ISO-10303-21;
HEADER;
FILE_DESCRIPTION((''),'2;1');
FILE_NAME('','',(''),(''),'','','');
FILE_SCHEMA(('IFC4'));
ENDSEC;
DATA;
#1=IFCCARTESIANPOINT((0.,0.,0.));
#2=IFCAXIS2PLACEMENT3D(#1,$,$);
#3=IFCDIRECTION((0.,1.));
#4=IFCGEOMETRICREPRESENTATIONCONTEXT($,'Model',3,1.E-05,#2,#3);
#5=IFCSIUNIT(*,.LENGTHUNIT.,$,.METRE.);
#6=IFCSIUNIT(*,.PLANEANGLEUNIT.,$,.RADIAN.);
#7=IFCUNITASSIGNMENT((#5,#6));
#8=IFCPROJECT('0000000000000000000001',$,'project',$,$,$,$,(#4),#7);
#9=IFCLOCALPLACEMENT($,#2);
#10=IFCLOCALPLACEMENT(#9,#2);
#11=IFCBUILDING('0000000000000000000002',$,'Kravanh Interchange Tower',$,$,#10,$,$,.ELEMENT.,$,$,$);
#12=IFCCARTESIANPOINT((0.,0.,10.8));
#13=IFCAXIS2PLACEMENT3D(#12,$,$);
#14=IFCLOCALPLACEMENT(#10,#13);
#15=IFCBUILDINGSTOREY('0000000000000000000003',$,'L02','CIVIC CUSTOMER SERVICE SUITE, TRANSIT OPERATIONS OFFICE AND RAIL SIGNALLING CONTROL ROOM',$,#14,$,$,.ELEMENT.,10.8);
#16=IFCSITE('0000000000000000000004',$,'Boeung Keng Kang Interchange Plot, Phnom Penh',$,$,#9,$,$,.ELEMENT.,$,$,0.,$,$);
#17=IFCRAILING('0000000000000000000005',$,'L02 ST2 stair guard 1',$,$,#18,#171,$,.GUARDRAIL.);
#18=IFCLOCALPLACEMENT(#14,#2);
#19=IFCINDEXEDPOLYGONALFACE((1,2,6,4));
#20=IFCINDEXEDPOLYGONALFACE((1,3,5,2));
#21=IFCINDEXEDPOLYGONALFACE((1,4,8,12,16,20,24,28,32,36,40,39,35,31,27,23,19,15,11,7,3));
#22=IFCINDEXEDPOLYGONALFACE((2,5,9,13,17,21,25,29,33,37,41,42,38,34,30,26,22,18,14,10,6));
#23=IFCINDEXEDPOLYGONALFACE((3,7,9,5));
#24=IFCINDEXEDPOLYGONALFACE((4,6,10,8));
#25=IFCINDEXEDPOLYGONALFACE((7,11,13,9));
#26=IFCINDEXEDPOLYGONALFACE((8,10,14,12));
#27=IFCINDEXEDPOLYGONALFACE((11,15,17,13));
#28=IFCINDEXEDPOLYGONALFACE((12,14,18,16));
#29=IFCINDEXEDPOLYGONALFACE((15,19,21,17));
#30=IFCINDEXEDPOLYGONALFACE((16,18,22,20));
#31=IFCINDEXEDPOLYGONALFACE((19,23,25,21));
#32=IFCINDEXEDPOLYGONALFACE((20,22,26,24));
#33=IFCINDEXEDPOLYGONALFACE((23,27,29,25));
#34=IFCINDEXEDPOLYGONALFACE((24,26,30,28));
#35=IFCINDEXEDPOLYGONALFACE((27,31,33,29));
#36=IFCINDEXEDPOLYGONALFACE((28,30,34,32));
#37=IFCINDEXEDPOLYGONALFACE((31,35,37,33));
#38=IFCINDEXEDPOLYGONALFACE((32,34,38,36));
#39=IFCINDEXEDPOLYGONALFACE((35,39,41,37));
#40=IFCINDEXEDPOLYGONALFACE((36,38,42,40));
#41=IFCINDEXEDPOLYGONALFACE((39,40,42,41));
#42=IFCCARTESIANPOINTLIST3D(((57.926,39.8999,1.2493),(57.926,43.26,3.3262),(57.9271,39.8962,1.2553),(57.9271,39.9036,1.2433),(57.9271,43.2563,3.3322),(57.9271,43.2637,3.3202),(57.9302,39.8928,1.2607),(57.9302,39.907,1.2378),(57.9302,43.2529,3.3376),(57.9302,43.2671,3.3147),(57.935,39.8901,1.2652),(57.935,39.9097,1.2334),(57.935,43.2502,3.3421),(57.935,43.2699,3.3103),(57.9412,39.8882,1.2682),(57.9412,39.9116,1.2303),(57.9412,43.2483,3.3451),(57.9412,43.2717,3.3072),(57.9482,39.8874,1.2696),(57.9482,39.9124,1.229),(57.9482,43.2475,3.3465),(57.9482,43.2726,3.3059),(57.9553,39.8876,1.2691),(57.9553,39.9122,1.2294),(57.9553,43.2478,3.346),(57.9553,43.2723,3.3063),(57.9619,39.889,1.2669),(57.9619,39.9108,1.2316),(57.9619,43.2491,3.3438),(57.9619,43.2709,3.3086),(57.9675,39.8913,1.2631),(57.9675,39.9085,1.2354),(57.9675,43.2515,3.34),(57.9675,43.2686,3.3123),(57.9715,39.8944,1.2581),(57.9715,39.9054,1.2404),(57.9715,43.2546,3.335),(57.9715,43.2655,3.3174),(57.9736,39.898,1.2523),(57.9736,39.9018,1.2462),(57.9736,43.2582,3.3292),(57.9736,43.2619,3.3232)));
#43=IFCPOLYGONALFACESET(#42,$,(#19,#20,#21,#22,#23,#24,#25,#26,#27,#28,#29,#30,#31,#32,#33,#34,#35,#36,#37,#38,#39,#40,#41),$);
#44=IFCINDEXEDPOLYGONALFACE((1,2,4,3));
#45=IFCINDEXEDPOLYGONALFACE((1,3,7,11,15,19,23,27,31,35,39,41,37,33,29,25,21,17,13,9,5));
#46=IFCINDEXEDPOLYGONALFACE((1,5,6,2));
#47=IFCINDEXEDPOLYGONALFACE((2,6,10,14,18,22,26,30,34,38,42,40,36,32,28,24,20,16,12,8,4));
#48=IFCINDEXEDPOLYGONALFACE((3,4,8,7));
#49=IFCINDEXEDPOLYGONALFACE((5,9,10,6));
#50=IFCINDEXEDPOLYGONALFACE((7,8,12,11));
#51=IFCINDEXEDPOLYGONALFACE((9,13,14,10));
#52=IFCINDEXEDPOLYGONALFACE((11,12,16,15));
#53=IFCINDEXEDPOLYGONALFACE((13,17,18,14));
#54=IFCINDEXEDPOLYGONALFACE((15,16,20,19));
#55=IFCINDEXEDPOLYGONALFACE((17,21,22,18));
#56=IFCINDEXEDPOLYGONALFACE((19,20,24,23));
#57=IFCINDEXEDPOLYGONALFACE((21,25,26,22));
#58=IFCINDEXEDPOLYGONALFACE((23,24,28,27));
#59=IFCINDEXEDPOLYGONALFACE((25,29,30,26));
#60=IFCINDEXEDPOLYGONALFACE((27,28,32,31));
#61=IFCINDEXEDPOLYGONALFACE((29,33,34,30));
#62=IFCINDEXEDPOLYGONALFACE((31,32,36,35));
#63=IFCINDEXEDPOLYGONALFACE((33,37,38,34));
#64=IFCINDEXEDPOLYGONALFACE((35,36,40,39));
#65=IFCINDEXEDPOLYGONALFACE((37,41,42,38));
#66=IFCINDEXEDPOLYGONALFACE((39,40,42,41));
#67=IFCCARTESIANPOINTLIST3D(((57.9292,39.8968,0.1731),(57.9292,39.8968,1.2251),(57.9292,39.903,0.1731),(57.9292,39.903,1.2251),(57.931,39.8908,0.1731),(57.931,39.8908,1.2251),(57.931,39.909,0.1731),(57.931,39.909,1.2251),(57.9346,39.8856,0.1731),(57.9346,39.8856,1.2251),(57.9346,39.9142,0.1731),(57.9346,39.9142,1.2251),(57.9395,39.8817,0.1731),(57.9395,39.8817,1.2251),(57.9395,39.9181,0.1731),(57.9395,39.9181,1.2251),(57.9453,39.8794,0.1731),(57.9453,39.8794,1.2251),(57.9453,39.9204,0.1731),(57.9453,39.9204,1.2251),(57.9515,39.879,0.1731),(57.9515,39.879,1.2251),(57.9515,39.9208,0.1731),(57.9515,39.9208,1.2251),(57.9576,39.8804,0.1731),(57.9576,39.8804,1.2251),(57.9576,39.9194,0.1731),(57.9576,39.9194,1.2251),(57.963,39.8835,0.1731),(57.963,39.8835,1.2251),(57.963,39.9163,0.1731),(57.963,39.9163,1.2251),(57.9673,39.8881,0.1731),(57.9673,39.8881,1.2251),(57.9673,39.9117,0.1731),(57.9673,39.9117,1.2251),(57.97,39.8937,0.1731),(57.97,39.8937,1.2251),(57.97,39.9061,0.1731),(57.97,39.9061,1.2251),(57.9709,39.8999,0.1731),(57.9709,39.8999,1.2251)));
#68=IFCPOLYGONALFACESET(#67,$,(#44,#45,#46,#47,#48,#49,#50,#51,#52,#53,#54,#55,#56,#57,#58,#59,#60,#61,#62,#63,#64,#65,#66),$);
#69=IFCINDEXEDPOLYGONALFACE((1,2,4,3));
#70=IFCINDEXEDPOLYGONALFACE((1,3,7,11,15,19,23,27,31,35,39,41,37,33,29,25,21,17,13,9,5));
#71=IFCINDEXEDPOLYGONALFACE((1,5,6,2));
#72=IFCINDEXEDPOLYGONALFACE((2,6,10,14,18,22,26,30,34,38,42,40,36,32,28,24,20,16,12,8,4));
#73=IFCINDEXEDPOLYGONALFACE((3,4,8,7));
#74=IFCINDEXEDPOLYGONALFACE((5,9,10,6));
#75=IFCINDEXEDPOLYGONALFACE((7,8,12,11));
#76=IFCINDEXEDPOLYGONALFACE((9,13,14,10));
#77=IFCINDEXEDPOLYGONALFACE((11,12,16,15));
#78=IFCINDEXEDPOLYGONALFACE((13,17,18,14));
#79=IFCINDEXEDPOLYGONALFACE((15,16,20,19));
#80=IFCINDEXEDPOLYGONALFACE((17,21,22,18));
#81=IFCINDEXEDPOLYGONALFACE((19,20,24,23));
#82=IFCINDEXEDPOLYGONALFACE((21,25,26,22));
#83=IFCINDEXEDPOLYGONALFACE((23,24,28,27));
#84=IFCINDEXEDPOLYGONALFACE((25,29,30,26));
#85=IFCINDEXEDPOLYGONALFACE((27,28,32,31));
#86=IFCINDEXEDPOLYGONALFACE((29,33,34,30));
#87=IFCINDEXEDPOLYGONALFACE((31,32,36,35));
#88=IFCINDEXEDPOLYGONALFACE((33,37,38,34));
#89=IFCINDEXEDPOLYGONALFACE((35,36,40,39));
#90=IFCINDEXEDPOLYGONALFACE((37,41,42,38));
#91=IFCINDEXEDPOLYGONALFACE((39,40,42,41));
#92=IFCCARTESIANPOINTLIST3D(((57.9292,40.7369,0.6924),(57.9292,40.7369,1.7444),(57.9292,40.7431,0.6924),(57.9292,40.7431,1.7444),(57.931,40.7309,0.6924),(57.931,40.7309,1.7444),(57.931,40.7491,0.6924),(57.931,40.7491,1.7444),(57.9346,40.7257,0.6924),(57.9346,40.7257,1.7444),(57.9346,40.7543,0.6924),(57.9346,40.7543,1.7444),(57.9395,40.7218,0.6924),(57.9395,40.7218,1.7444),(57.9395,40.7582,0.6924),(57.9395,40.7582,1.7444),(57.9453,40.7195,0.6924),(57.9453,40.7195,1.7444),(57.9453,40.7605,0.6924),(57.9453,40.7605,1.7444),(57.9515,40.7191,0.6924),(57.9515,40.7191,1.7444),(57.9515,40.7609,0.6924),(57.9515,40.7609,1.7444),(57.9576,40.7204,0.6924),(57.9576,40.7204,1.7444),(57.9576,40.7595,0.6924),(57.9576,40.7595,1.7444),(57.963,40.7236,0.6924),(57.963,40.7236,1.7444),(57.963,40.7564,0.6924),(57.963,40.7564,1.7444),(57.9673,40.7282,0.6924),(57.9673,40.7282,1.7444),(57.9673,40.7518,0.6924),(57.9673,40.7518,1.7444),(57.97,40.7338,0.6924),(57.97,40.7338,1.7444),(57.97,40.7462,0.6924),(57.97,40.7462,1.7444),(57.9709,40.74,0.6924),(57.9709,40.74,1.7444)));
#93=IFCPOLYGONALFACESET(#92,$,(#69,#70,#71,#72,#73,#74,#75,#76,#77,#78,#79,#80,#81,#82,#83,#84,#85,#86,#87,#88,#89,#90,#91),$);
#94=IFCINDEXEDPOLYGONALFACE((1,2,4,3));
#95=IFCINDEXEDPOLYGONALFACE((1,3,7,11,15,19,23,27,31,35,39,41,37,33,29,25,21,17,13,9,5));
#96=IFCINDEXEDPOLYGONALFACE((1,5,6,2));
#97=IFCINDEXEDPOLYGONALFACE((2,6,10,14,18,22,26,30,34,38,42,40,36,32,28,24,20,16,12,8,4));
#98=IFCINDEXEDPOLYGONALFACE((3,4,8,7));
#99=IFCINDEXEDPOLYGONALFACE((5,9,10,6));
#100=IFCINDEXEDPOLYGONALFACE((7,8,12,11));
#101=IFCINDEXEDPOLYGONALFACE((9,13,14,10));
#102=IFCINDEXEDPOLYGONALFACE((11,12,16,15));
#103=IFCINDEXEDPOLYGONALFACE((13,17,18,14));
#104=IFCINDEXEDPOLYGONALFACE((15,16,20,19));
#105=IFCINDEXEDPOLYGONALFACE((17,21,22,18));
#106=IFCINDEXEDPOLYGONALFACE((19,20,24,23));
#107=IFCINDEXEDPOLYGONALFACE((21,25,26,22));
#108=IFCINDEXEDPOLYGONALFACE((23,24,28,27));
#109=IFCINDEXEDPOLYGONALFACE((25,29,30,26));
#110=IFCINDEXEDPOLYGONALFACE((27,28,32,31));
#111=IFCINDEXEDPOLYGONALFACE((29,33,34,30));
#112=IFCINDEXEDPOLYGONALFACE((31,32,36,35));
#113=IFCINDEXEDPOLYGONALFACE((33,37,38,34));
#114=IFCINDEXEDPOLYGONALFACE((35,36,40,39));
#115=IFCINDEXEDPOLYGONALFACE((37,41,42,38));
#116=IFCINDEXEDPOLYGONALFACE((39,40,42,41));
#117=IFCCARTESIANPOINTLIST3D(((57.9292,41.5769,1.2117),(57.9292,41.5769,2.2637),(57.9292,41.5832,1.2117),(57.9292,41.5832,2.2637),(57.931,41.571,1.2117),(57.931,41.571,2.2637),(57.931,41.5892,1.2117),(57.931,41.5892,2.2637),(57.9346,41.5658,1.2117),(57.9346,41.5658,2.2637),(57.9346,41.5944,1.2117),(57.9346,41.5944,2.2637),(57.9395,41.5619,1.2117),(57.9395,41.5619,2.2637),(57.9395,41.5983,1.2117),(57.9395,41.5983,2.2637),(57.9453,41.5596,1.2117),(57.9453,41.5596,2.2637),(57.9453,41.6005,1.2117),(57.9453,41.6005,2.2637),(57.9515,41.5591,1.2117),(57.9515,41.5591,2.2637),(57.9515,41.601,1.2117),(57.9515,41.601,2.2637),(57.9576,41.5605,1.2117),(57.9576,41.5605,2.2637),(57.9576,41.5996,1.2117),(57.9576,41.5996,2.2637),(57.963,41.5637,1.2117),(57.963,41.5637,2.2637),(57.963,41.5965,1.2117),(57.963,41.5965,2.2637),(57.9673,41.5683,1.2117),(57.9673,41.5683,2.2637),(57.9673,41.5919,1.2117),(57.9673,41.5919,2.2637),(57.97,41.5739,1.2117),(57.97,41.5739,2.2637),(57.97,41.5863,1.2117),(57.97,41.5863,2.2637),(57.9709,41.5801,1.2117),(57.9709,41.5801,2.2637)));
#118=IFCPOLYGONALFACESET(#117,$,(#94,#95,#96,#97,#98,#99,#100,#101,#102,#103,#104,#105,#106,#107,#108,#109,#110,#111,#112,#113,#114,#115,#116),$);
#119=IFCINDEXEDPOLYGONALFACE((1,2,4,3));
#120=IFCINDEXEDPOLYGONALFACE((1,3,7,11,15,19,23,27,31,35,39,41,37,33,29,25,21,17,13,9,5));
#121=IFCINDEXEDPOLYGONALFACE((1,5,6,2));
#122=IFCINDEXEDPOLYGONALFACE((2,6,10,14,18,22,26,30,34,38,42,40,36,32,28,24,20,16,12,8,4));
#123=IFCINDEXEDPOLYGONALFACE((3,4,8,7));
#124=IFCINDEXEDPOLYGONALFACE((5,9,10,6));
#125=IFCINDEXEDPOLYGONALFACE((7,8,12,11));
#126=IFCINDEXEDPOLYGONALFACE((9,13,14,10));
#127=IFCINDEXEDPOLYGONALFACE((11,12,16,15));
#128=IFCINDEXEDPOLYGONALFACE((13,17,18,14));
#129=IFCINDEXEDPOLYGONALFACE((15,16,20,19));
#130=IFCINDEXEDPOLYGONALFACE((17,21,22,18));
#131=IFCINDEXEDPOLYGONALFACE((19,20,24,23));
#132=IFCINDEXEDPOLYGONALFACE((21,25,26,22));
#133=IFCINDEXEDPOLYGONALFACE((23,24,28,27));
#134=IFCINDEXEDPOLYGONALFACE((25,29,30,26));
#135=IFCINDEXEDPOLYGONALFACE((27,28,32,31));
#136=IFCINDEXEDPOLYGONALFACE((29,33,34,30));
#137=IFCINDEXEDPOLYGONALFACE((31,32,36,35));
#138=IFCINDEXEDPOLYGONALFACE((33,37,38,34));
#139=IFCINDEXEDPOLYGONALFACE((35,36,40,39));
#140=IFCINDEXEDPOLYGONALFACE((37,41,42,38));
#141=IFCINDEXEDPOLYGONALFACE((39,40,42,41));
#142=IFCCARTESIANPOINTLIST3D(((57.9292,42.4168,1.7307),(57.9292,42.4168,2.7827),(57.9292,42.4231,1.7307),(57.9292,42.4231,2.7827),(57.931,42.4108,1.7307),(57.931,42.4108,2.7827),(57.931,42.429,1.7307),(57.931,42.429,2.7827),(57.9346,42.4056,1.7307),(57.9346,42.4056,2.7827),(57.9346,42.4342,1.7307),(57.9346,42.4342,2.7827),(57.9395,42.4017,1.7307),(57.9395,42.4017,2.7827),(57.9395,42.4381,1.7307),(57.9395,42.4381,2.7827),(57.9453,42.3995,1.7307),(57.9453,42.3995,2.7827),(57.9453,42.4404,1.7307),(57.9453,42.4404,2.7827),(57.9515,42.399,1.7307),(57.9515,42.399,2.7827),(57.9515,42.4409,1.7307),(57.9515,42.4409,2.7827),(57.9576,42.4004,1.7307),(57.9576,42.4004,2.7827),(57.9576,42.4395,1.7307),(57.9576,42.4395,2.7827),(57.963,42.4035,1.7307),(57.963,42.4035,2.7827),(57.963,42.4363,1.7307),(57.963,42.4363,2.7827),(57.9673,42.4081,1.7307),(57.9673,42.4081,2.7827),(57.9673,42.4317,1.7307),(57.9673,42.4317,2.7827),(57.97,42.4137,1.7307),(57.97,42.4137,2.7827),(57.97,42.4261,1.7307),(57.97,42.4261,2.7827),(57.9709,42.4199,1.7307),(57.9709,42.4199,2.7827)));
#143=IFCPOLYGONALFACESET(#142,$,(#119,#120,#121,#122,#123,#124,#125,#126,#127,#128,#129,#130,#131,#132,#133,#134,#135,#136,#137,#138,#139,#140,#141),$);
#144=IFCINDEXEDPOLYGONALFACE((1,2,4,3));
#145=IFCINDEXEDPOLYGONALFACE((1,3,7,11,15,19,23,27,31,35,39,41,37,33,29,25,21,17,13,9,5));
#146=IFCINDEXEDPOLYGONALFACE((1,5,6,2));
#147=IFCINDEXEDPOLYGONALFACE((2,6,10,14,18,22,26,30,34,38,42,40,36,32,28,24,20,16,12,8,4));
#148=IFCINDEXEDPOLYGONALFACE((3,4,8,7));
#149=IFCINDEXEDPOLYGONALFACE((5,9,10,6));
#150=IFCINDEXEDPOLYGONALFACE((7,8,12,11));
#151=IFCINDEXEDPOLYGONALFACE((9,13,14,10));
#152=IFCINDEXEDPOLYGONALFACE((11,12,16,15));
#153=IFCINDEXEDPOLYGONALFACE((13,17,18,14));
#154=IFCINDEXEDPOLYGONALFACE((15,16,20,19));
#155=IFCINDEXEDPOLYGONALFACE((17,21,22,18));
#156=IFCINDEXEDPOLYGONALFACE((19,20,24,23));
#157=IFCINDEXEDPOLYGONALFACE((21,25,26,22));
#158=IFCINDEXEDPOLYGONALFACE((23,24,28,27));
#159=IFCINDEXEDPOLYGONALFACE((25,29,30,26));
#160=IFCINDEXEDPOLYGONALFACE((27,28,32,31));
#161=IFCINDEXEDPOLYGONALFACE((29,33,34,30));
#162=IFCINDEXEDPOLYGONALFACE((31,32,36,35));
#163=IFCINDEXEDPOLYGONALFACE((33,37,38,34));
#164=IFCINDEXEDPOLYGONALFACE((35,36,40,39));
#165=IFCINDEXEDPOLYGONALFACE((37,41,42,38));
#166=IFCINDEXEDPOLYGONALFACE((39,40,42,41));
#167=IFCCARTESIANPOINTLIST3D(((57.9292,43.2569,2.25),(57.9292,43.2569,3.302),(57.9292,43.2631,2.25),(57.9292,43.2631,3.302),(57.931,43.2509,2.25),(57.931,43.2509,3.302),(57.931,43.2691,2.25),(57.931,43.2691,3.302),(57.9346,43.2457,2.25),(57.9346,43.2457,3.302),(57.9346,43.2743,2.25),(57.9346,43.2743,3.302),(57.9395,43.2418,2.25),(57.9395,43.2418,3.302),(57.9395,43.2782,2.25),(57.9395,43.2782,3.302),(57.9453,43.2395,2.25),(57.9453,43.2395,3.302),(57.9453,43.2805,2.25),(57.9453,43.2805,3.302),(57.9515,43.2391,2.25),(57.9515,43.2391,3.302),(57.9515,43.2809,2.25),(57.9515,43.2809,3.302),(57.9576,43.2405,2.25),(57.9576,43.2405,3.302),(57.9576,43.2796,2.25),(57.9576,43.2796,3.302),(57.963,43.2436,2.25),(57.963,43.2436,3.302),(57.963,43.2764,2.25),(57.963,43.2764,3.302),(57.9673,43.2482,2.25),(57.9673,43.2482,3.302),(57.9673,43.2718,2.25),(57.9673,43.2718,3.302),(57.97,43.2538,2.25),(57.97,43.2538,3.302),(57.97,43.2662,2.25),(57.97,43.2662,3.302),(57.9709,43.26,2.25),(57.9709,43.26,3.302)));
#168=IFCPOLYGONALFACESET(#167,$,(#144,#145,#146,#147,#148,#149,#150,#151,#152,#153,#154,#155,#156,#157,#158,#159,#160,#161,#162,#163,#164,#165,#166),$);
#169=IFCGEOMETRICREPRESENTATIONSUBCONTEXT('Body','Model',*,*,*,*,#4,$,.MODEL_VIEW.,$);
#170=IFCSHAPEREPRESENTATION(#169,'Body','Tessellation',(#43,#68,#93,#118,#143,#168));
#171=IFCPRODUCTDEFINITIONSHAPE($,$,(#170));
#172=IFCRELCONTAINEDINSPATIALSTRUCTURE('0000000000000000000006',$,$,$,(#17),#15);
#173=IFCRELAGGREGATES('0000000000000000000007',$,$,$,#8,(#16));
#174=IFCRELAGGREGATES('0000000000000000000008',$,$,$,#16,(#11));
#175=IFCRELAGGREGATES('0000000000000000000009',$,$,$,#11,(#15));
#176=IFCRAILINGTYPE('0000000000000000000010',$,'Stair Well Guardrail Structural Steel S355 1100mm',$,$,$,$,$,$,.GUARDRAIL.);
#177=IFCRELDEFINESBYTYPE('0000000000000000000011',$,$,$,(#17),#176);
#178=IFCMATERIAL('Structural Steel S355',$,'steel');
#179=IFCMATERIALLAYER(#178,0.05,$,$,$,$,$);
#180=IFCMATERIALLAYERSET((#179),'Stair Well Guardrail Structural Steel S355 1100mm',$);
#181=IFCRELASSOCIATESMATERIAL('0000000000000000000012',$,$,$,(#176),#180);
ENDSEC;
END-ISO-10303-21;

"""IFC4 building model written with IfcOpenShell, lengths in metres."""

from ifc_helpers import new_model, si_unit, direction, frame, origin, origin_2d, place, context, subcontext, project, spatial, circle, extrude, material, layer, layer_set, type_object, element, save


model = new_model("IFC4")

# Units and contexts
model_context = context("Model", 3, precision=1e-05, world=origin(), true_north=direction((0.0, 1.0)))
body_context = subcontext(model_context, "Body", "Model", "MODEL_VIEW")
ifc_project = project(units=[si_unit("LENGTHUNIT", "METRE"), si_unit("PLANEANGLEUNIT", "RADIAN")], contexts=[model_context])

# Site, building, storey
site_placement = place(None, origin())
site = spatial("IfcSite", under=ifc_project, at=site_placement, Name="Boeung Keng Kang Interchange Plot, Phnom Penh", CompositionType="ELEMENT", RefElevation=0.0)
building_placement = place(site_placement, origin())
building = spatial("IfcBuilding", under=site, at=building_placement, Name="Kravanh Interchange Tower", CompositionType="ELEMENT")
storey_placement = place(building_placement, frame((0.0, 0.0, 10.8)))
storey = spatial("IfcBuildingStorey", under=building, at=storey_placement, Name="L02", Description="CIVIC CUSTOMER SERVICE SUITE, TRANSIT OPERATIONS OFFICE AND RAIL SIGNALLING CONTROL ROOM", CompositionType="ELEMENT", Elevation=10.8)

# Railing
ifc_material_1 = material(Name="Structural Steel S355", Category="steel")
ifc_layer_1 = layer(ifc_material_1, 0.05)
ifc_layer_set_1 = layer_set([ifc_layer_1], Name="Stair Well Guardrail Structural Steel S355 1100mm")
railing_type_1 = type_object("IfcRailingType", Name="Stair Well Guardrail Structural Steel S355 1100mm", PredefinedType="GUARDRAIL", material=ifc_layer_set_1)
railing_1_placement = place(storey_placement, frame((57.95, 39.8999, 0.1731)))
element("IfcRailing", 1, at=railing_1_placement, inside=storey, type_object=railing_type_1, Name="L02 ST2 stair guard 1", PredefinedType="GUARDRAIL", context=body_context, shape_type="SweptSolid", body=[
    extrude(circle(Radius=0.0239, at=origin_2d()), frame((0.0, 0.0, 1.0762), z_axis=(0.0, 0.850623, 0.525776), x_axis=(-1.0, 0.0, 0.0)), (0.0, 0.0, 1.0), 3.9502),
    extrude(circle(Radius=0.021, at=origin_2d()), origin(), (0.0, 0.0, 1.0), 1.052),
    extrude(circle(Radius=0.021, at=origin_2d()), frame((0.0, 0.8401, 0.5193)), (0.0, 0.0, 1.0), 1.052),
    extrude(circle(Radius=0.021, at=origin_2d()), frame((0.0, 1.6802, 1.0386)), (0.0, 0.0, 1.0), 1.052),
    extrude(circle(Radius=0.021, at=origin_2d()), frame((0.0, 2.52, 1.5576)), (0.0, 0.0, 1.0), 1.052),
    extrude(circle(Radius=0.021, at=origin_2d()), frame((0.0, 3.3601, 2.0769)), (0.0, 0.0, 1.0), 1.052),
])

save(model, "model.ifc")
